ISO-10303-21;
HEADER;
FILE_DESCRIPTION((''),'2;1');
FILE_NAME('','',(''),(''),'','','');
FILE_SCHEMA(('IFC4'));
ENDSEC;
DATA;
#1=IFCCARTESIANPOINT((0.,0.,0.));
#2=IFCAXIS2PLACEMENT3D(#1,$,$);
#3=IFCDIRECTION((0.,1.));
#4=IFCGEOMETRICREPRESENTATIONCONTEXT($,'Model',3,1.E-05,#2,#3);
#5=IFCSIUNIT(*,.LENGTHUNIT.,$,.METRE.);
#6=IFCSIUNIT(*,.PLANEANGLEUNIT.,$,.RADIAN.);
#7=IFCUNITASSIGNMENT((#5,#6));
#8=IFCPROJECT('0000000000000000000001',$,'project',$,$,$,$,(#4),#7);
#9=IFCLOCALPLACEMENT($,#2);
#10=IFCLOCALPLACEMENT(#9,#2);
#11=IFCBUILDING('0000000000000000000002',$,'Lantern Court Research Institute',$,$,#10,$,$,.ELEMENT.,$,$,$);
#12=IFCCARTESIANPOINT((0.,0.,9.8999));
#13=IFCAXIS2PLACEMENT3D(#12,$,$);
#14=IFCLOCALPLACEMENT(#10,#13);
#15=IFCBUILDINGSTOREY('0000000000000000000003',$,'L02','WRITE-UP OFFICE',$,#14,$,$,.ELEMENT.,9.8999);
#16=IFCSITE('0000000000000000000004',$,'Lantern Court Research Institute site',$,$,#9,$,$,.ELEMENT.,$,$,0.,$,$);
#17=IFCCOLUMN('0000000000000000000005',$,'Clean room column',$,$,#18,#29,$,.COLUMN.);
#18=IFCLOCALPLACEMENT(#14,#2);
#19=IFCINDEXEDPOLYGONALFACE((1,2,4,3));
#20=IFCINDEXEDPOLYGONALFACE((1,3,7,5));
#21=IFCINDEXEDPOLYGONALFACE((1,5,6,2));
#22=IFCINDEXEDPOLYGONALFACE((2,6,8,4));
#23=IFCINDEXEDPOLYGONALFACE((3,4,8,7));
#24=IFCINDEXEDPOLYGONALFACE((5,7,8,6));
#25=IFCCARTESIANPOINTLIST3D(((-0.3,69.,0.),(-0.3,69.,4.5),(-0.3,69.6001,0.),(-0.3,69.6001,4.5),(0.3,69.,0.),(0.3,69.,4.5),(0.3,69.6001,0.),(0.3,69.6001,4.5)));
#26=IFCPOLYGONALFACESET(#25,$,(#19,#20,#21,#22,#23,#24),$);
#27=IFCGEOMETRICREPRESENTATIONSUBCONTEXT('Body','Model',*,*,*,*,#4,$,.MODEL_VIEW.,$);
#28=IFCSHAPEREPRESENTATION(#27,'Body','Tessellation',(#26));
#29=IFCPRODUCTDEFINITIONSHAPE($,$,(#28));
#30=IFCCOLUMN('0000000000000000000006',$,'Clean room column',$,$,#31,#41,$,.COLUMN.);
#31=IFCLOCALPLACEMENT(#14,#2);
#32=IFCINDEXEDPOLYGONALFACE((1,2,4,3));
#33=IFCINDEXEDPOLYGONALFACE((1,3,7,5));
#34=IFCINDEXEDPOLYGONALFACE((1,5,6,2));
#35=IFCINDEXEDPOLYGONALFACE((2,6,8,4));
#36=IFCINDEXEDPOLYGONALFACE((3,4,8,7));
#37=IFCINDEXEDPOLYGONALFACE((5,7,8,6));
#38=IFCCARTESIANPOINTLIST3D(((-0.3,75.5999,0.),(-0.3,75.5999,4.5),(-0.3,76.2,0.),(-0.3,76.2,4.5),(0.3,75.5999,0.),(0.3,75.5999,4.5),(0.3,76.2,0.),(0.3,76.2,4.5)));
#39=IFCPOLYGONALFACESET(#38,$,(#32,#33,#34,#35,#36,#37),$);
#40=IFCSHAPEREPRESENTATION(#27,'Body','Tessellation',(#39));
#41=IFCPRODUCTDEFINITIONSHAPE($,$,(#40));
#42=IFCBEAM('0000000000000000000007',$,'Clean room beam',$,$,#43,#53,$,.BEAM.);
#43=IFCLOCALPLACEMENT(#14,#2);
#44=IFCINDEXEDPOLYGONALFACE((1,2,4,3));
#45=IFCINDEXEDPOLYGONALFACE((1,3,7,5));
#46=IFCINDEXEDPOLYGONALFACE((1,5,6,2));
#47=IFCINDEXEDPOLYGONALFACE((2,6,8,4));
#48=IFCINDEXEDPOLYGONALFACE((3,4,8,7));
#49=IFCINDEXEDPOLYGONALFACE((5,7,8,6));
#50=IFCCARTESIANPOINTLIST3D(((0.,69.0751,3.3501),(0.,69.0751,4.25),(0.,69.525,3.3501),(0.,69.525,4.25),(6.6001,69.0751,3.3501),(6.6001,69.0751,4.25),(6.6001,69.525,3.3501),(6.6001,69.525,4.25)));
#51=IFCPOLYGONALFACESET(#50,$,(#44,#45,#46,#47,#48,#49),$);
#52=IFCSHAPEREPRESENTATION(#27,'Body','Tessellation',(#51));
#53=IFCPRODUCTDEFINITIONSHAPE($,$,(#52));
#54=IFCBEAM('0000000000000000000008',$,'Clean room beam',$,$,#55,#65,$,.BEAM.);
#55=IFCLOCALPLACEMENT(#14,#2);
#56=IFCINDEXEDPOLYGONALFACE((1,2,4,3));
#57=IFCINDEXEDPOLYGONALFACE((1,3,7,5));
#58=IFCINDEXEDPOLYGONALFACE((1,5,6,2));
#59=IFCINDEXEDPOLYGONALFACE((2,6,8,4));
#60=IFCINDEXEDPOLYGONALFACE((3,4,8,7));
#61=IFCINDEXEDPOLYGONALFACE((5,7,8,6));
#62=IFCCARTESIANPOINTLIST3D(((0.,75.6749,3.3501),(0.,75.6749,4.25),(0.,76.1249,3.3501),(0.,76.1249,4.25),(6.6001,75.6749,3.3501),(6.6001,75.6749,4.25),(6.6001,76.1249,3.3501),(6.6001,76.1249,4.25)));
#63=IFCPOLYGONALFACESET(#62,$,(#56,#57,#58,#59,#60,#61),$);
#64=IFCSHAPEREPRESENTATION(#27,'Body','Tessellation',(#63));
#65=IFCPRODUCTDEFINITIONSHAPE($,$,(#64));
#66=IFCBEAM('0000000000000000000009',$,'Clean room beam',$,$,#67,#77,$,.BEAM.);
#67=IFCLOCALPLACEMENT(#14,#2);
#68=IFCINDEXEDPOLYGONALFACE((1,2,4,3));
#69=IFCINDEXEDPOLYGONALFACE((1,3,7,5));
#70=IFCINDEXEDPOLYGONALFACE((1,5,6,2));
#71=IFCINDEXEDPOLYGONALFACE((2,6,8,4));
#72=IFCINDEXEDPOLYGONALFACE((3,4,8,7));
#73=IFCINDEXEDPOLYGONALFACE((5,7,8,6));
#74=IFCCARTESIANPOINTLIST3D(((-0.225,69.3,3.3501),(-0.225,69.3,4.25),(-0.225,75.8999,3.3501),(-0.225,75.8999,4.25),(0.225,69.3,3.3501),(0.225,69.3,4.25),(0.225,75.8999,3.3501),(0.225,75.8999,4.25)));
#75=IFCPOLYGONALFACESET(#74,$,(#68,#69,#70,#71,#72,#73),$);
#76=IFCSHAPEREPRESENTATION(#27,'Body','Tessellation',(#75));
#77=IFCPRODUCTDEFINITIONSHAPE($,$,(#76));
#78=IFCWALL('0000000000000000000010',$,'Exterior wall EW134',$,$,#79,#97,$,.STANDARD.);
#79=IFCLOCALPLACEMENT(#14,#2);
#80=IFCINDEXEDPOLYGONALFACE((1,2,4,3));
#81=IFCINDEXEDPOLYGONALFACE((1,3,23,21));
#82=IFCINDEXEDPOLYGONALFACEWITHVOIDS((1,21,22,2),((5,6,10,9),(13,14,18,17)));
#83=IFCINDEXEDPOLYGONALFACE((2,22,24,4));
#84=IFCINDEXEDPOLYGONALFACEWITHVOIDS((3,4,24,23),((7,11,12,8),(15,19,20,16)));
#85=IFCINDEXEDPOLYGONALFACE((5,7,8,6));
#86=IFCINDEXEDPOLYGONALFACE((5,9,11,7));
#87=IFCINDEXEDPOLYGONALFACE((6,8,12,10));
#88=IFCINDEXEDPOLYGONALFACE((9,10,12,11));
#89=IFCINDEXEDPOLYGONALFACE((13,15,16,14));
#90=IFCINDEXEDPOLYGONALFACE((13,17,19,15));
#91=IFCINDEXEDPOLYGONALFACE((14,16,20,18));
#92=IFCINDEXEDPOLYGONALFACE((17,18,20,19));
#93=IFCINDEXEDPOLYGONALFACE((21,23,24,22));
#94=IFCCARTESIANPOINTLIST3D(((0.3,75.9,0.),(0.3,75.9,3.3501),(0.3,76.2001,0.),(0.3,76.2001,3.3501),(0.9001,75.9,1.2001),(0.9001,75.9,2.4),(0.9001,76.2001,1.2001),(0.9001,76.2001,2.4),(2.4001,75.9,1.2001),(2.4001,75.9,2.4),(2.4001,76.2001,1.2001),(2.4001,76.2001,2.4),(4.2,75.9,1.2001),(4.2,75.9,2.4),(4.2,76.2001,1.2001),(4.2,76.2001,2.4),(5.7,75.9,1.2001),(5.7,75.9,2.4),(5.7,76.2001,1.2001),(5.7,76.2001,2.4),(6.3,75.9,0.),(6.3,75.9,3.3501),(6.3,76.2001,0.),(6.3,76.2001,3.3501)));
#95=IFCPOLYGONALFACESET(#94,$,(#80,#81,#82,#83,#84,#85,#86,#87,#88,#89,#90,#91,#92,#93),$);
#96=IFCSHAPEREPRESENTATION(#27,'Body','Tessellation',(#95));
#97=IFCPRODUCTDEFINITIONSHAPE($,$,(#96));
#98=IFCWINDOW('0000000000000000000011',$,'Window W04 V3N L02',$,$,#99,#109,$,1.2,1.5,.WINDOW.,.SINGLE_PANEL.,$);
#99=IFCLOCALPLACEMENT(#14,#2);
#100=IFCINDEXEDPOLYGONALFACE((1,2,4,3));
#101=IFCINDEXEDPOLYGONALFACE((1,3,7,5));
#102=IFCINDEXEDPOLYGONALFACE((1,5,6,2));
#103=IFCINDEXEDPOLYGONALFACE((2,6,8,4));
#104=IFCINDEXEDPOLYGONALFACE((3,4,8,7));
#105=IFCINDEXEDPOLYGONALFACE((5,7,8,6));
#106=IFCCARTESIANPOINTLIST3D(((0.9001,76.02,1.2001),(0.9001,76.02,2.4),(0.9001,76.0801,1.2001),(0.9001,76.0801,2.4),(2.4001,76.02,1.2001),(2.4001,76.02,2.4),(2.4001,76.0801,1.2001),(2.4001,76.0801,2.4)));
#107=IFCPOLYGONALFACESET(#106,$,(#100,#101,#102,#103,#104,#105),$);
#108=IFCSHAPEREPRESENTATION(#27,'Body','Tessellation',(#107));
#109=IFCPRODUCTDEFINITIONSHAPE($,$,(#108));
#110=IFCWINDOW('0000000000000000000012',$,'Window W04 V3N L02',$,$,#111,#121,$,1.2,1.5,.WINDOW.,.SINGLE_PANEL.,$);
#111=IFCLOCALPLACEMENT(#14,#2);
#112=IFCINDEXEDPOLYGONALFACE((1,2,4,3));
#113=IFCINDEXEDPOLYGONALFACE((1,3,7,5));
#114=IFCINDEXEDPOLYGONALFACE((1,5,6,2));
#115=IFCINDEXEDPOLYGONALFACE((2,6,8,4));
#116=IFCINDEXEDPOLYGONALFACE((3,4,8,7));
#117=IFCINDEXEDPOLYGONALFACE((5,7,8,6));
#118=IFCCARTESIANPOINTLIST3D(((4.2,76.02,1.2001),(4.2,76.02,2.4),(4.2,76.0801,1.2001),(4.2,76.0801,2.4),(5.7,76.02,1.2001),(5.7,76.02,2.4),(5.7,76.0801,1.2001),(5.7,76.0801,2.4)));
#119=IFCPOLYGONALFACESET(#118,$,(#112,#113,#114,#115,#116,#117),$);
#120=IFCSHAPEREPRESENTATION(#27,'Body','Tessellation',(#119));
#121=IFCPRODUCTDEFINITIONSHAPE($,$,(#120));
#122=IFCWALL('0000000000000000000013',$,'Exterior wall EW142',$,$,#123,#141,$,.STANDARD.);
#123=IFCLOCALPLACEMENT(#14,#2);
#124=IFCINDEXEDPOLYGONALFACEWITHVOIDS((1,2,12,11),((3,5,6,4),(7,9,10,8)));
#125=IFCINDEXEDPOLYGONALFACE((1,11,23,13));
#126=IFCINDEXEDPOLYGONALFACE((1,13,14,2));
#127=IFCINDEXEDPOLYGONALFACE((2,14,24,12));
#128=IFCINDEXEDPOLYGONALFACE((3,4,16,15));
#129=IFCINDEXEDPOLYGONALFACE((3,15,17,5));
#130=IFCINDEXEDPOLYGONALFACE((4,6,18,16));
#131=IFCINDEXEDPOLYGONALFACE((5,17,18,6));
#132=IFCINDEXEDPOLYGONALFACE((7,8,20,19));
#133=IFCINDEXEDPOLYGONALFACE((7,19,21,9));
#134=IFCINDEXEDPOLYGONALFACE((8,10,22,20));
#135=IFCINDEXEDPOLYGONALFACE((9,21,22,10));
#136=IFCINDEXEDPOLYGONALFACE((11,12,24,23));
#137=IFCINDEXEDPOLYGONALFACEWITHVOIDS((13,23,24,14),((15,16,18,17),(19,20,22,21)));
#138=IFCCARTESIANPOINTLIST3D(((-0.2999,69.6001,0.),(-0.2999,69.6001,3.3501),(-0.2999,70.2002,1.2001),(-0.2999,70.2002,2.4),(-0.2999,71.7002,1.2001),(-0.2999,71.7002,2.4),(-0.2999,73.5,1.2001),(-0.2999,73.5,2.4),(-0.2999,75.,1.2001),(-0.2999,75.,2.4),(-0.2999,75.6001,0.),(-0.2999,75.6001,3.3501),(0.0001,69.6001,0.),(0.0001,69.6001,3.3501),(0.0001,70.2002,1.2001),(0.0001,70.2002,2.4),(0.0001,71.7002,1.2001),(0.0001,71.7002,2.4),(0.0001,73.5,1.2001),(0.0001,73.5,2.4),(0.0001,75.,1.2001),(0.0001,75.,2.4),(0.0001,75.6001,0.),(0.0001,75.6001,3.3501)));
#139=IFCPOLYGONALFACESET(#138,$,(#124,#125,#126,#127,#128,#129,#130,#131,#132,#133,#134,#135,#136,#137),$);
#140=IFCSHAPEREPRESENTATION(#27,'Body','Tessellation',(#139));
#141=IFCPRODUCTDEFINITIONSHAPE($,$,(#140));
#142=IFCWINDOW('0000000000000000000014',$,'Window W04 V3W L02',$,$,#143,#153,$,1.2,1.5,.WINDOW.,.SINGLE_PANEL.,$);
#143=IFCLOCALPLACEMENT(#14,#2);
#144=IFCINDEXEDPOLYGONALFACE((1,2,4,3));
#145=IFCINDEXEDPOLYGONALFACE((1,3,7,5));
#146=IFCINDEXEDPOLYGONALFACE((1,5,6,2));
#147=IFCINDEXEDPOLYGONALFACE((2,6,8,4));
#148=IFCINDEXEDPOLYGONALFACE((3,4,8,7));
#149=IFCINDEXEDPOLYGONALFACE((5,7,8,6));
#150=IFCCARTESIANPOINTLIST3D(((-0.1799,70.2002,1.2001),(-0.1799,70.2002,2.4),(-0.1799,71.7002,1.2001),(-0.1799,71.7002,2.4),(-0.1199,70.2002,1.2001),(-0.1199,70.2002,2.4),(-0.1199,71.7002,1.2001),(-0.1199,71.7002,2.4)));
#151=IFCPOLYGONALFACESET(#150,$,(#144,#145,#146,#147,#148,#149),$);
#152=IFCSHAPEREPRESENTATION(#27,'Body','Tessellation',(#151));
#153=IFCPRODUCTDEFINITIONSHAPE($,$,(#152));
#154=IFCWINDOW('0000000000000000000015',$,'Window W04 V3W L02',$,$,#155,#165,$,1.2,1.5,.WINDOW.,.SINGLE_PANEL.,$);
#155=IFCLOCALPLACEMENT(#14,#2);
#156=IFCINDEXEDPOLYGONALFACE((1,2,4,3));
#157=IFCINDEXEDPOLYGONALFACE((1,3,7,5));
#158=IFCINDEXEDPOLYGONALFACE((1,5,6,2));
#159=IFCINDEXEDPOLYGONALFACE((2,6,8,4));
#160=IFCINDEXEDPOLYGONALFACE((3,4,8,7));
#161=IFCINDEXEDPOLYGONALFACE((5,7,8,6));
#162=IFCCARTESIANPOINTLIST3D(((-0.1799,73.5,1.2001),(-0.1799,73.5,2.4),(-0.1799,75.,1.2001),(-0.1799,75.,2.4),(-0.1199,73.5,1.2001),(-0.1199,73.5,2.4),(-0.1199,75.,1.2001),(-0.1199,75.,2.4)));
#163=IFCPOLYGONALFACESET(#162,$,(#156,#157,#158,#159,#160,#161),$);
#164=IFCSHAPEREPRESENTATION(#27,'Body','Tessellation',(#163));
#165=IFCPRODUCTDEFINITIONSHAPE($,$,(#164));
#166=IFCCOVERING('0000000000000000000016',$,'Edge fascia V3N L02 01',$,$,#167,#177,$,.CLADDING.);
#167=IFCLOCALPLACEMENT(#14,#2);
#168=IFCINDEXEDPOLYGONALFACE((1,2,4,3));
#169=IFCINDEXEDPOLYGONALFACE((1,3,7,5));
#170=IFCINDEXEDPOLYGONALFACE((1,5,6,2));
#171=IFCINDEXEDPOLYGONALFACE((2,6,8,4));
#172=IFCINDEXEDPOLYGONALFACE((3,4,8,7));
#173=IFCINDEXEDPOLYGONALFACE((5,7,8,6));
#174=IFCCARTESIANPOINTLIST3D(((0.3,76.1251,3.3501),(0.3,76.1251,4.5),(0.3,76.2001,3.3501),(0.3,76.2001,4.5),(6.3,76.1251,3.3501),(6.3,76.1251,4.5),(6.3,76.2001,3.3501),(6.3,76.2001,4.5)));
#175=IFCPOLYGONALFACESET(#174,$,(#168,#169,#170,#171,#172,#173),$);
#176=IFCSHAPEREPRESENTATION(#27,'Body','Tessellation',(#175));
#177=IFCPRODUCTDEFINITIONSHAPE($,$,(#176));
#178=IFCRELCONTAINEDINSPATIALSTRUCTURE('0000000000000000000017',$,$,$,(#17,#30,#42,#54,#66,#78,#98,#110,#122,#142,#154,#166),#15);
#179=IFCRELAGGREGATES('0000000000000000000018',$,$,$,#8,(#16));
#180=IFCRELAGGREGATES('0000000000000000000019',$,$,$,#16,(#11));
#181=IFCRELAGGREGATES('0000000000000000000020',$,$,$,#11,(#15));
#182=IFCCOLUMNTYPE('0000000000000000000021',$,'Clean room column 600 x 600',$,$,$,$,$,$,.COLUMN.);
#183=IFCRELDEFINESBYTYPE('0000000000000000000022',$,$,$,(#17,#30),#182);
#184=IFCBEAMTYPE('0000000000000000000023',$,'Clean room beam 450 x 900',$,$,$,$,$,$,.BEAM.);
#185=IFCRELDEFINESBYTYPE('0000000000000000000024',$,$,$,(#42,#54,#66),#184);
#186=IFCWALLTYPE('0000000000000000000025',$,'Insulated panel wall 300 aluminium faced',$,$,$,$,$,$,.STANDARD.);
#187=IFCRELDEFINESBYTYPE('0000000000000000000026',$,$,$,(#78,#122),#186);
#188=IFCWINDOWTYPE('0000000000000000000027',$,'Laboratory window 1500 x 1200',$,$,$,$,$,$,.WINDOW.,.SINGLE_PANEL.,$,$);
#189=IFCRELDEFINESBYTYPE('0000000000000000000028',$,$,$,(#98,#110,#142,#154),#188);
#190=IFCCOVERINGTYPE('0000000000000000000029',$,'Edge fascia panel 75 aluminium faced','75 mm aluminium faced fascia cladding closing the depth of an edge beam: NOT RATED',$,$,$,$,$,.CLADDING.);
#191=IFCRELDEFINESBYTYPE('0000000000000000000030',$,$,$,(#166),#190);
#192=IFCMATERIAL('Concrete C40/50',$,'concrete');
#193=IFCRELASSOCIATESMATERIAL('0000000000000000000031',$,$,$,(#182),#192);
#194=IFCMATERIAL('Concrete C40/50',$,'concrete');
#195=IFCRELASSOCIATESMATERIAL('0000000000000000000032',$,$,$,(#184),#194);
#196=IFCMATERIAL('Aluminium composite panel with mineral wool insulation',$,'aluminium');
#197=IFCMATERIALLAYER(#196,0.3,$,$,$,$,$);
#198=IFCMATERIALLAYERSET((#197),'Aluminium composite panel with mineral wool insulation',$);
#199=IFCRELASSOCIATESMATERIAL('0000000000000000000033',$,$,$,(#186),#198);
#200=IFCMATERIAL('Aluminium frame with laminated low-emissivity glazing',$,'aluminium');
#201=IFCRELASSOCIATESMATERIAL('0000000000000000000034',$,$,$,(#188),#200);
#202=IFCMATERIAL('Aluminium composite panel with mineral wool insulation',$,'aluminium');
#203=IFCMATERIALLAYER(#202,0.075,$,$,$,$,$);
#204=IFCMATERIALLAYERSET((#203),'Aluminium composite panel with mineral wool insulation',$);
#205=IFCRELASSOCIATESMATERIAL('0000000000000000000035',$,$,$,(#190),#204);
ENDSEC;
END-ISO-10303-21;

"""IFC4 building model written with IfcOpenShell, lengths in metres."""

from ifc_helpers import new_model, si_unit, direction, frame, frame_2d, origin, origin_2d, place, context, subcontext, project, spatial, rectangle, extrude, material, layer, layer_set, material_profile, profile_set, type_object, element, fill, save


model = new_model("IFC4")

# Units and contexts
model_context = context("Model", 3, precision=1e-05, world=origin(), true_north=direction((0.0, 1.0)))
body_context = subcontext(model_context, "Body", "Model", "MODEL_VIEW")
ifc_project = project(units=[si_unit("LENGTHUNIT", "METRE"), si_unit("PLANEANGLEUNIT", "RADIAN")], contexts=[model_context])

# Site, building, storey
site_placement = place(None, origin())
site = spatial("IfcSite", under=ifc_project, at=site_placement, Name="Lantern Court Research Institute site", CompositionType="ELEMENT", RefElevation=0.0)
building_placement = place(site_placement, origin())
building = spatial("IfcBuilding", under=site, at=building_placement, Name="Lantern Court Research Institute", CompositionType="ELEMENT")
storey_placement = place(building_placement, frame((0.0, 0.0, 9.8999)))
storey = spatial("IfcBuildingStorey", under=building, at=storey_placement, Name="L02", Description="WRITE-UP OFFICE", CompositionType="ELEMENT", Elevation=9.8999)

# Columns
ifc_material_1 = material(Name="Concrete C40/50", Category="concrete")
ifc_material_profile_1 = material_profile(ifc_material_1, rectangle(XDim=0.6001, YDim=0.6001, at=origin_2d()), Name="Clean room column 600 x 600")
ifc_profile_set_1 = profile_set([ifc_material_profile_1], Name="Concrete C40/50")
column_type = type_object("IfcColumnType", Name="Clean room column 600 x 600", PredefinedType="COLUMN", material=ifc_profile_set_1)
for number, where, z_axis, x_axis, name in (
    (1, (0.0, 69.3, 0.0), (0.0, 0.0, 1.0), (1.0, 0.0, 0.0), "Clean room column"),
    (2, (0.0, 75.8999, 0.0), (0.0, 0.0, 1.0), (1.0, 0.0, 0.0), "Clean room column"),
):
    element("IfcColumn", number, at=place(storey_placement, frame(where, z_axis=z_axis, x_axis=x_axis)), inside=storey, type_object=column_type, Name=name, PredefinedType="COLUMN", context=body_context, shape_type="SweptSolid", body=[
        extrude(rectangle(XDim=0.6001, YDim=0.6001, at=origin_2d()), origin(), (0.0, 0.0, 1.0), 4.5),
    ])

# Beams
ifc_material_2 = material(Name="Concrete C40/50", Category="concrete")
ifc_material_profile_2 = material_profile(ifc_material_2, rectangle(XDim=0.45, YDim=0.8999, at=origin_2d()), Name="Clean room beam 450 x 900")
ifc_profile_set_2 = profile_set([ifc_material_profile_2], Name="Concrete C40/50")
beam_type = type_object("IfcBeamType", Name="Clean room beam 450 x 900", PredefinedType="BEAM", material=ifc_profile_set_2)
for number, where, z_axis, x_axis, name in (
    (3, (0.0, 69.3, 3.8), (1.0, 0.0, 0.0), (0.0, 1.0, 0.0), "Clean room beam"),
    (4, (0.0, 75.8999, 3.8), (1.0, 0.0, 0.0), (0.0, 1.0, 0.0), "Clean room beam"),
):
    element("IfcBeam", number, at=place(storey_placement, frame(where, z_axis=z_axis, x_axis=x_axis)), inside=storey, type_object=beam_type, Name=name, PredefinedType="BEAM", context=body_context, shape_type="SweptSolid", body=[
        extrude(rectangle(XDim=0.45, YDim=0.8999, at=origin_2d()), origin(), (0.0, 0.0, 1.0), 6.6001),
    ])
beam_placement = place(storey_placement, frame((0.0, 69.3, 3.8), z_axis=(0.0, 1.0, 0.0), x_axis=(-1.0, 0.0, 0.0)))
element("IfcBeam", 5, at=beam_placement, inside=storey, type_object=beam_type, Name="Clean room beam", PredefinedType="BEAM", context=body_context, shape_type="SweptSolid", body=[
    extrude(rectangle(XDim=0.45, YDim=0.8999, at=origin_2d()), origin(), (0.0, 0.0, 1.0), 6.5999),
])

# Walls, openings, windows
ifc_material_3 = material(Name="Aluminium composite panel with mineral wool insulation", Category="aluminium")
ifc_layer_1 = layer(ifc_material_3, 0.3)
ifc_layer_set_1 = layer_set([ifc_layer_1], Name="Aluminium composite panel with mineral wool insulation")
wall_type = type_object("IfcWallType", Name="Insulated panel wall 300 aluminium faced", PredefinedType="STANDARD", material=ifc_layer_set_1)
wall_1_placement = place(storey_placement, frame((0.3, 76.05, 0.0), z_axis=(0.0, 0.0, 1.0), x_axis=(1.0, 0.0, 0.0)))
wall_1 = element("IfcWall", 6, at=wall_1_placement, inside=storey, type_object=wall_type, Name="Exterior wall EW134", PredefinedType="STANDARD", context=body_context, shape_type="SweptSolid", body=[
    extrude(rectangle(XDim=6.0, YDim=0.3, at=frame_2d((3.0, 0.0))), origin(), (0.0, 0.0, 1.0), 3.3501),
])
opening_1_placement = place(wall_1_placement, frame((0.6001, 0.0, 1.2)))
opening_1 = element("IfcOpeningElement", 7, at=opening_1_placement, cuts=wall_1, PredefinedType="OPENING", context=body_context, shape_type="SweptSolid", body=[
    extrude(rectangle(XDim=1.5, YDim=1.2, at=frame_2d((0.75, 0.6001))), frame((0.0, 0.1599, 0.0), z_axis=(0.0, -1.0, 0.0), x_axis=(1.0, 0.0, 0.0)), (0.0, 0.0, 1.0), 0.3201),
])
opening_2_placement = place(wall_1_placement, frame((3.8999, 0.0, 1.2)))
opening_2 = element("IfcOpeningElement", 8, at=opening_2_placement, cuts=wall_1, PredefinedType="OPENING", context=body_context, shape_type="SweptSolid", body=[
    extrude(rectangle(XDim=1.5, YDim=1.2, at=frame_2d((0.75, 0.6001))), frame((0.0, 0.1599, 0.0), z_axis=(0.0, -1.0, 0.0), x_axis=(1.0, 0.0, 0.0)), (0.0, 0.0, 1.0), 0.3201),
])
ifc_material_4 = material(Name="Aluminium frame with laminated low-emissivity glazing", Category="aluminium")
window_type = type_object("IfcWindowType", Name="Laboratory window 1500 x 1200", PartitioningType="SINGLE_PANEL", PredefinedType="WINDOW", material=ifc_material_4)
window_1_placement = place(opening_1_placement, origin())
window_1 = element("IfcWindow", 9, at=window_1_placement, inside=storey, type_object=window_type, Name="Window W04 V3N L02", OverallHeight=1.2, OverallWidth=1.5, PartitioningType="SINGLE_PANEL", PredefinedType="WINDOW", context=body_context, shape_type="SweptSolid", body=[
    extrude(rectangle(XDim=1.5, YDim=1.2, at=frame_2d((0.75, 0.6001))), frame((0.0, 0.03, 0.0), z_axis=(0.0, -1.0, 0.0), x_axis=(1.0, 0.0, 0.0)), (0.0, 0.0, 1.0), 0.0601),
])
fill(opening_1, window_1)
window_2_placement = place(opening_2_placement, origin())
window_2 = element("IfcWindow", 10, at=window_2_placement, inside=storey, type_object=window_type, Name="Window W04 V3N L02", OverallHeight=1.2, OverallWidth=1.5, PartitioningType="SINGLE_PANEL", PredefinedType="WINDOW", context=body_context, shape_type="SweptSolid", body=[
    extrude(rectangle(XDim=1.5, YDim=1.2, at=frame_2d((0.75, 0.6001))), frame((0.0, 0.03, 0.0), z_axis=(0.0, -1.0, 0.0), x_axis=(1.0, 0.0, 0.0)), (0.0, 0.0, 1.0), 0.0601),
])
fill(opening_2, window_2)
wall_2_placement = place(storey_placement, frame((-0.1499, 69.6001, 0.0), z_axis=(0.0, 0.0, 1.0), x_axis=(0.0, 1.0, 0.0)))
wall_2 = element("IfcWall", 11, at=wall_2_placement, inside=storey, type_object=wall_type, Name="Exterior wall EW142", PredefinedType="STANDARD", context=body_context, shape_type="SweptSolid", body=[
    extrude(rectangle(XDim=6.0, YDim=0.3, at=frame_2d((3.0, 0.0))), origin(), (0.0, 0.0, 1.0), 3.3501),
])
opening_3_placement = place(wall_2_placement, frame((0.6001, 0.0, 1.2)))
opening_3 = element("IfcOpeningElement", 12, at=opening_3_placement, cuts=wall_2, PredefinedType="OPENING", context=body_context, shape_type="SweptSolid", body=[
    extrude(rectangle(XDim=1.5, YDim=1.2, at=frame_2d((0.75, 0.6001))), frame((0.0, 0.1599, 0.0), z_axis=(0.0, -1.0, 0.0), x_axis=(1.0, 0.0, 0.0)), (0.0, 0.0, 1.0), 0.3201),
])
opening_4_placement = place(wall_2_placement, frame((3.8999, 0.0, 1.2)))
opening_4 = element("IfcOpeningElement", 13, at=opening_4_placement, cuts=wall_2, PredefinedType="OPENING", context=body_context, shape_type="SweptSolid", body=[
    extrude(rectangle(XDim=1.5, YDim=1.2, at=frame_2d((0.75, 0.6001))), frame((0.0, 0.1599, 0.0), z_axis=(0.0, -1.0, 0.0), x_axis=(1.0, 0.0, 0.0)), (0.0, 0.0, 1.0), 0.3201),
])
window_3_placement = place(opening_3_placement, origin())
window_3 = element("IfcWindow", 14, at=window_3_placement, inside=storey, type_object=window_type, Name="Window W04 V3W L02", OverallHeight=1.2, OverallWidth=1.5, PartitioningType="SINGLE_PANEL", PredefinedType="WINDOW", context=body_context, shape_type="SweptSolid", body=[
    extrude(rectangle(XDim=1.5, YDim=1.2, at=frame_2d((0.75, 0.6001))), frame((0.0, 0.03, 0.0), z_axis=(0.0, -1.0, 0.0), x_axis=(1.0, 0.0, 0.0)), (0.0, 0.0, 1.0), 0.0601),
])
fill(opening_3, window_3)
window_4_placement = place(opening_4_placement, origin())
window_4 = element("IfcWindow", 15, at=window_4_placement, inside=storey, type_object=window_type, Name="Window W04 V3W L02", OverallHeight=1.2, OverallWidth=1.5, PartitioningType="SINGLE_PANEL", PredefinedType="WINDOW", context=body_context, shape_type="SweptSolid", body=[
    extrude(rectangle(XDim=1.5, YDim=1.2, at=frame_2d((0.75, 0.6001))), frame((0.0, 0.03, 0.0), z_axis=(0.0, -1.0, 0.0), x_axis=(1.0, 0.0, 0.0)), (0.0, 0.0, 1.0), 0.0601),
])
fill(opening_4, window_4)

# Covering
ifc_material_5 = material(Name="Aluminium composite panel with mineral wool insulation", Category="aluminium")
ifc_layer_2 = layer(ifc_material_5, 0.075)
ifc_layer_set_2 = layer_set([ifc_layer_2], Name="Aluminium composite panel with mineral wool insulation")
covering_type_1 = type_object("IfcCoveringType", Name="Edge fascia panel 75 aluminium faced", Description="75 mm aluminium faced fascia cladding closing the depth of an edge beam: NOT RATED", PredefinedType="CLADDING", material=ifc_layer_set_2)
for number, where, z_axis, x_axis, name in (
    (16, (0.3, 76.1626, 3.3501), (0.0, 0.0, 1.0), (1.0, 0.0, 0.0), "Edge fascia V3N L02 01"),
):
    element("IfcCovering", number, at=place(storey_placement, frame(where, z_axis=z_axis, x_axis=x_axis)), inside=storey, type_object=covering_type_1, Name=name, PredefinedType="CLADDING", context=body_context, shape_type="SweptSolid", body=[
        extrude(rectangle(XDim=6.0, YDim=0.075, at=frame_2d((3.0, 0.0))), origin(), (0.0, 0.0, 1.0), 1.1499),
    ])

save(model, "model.ifc")
